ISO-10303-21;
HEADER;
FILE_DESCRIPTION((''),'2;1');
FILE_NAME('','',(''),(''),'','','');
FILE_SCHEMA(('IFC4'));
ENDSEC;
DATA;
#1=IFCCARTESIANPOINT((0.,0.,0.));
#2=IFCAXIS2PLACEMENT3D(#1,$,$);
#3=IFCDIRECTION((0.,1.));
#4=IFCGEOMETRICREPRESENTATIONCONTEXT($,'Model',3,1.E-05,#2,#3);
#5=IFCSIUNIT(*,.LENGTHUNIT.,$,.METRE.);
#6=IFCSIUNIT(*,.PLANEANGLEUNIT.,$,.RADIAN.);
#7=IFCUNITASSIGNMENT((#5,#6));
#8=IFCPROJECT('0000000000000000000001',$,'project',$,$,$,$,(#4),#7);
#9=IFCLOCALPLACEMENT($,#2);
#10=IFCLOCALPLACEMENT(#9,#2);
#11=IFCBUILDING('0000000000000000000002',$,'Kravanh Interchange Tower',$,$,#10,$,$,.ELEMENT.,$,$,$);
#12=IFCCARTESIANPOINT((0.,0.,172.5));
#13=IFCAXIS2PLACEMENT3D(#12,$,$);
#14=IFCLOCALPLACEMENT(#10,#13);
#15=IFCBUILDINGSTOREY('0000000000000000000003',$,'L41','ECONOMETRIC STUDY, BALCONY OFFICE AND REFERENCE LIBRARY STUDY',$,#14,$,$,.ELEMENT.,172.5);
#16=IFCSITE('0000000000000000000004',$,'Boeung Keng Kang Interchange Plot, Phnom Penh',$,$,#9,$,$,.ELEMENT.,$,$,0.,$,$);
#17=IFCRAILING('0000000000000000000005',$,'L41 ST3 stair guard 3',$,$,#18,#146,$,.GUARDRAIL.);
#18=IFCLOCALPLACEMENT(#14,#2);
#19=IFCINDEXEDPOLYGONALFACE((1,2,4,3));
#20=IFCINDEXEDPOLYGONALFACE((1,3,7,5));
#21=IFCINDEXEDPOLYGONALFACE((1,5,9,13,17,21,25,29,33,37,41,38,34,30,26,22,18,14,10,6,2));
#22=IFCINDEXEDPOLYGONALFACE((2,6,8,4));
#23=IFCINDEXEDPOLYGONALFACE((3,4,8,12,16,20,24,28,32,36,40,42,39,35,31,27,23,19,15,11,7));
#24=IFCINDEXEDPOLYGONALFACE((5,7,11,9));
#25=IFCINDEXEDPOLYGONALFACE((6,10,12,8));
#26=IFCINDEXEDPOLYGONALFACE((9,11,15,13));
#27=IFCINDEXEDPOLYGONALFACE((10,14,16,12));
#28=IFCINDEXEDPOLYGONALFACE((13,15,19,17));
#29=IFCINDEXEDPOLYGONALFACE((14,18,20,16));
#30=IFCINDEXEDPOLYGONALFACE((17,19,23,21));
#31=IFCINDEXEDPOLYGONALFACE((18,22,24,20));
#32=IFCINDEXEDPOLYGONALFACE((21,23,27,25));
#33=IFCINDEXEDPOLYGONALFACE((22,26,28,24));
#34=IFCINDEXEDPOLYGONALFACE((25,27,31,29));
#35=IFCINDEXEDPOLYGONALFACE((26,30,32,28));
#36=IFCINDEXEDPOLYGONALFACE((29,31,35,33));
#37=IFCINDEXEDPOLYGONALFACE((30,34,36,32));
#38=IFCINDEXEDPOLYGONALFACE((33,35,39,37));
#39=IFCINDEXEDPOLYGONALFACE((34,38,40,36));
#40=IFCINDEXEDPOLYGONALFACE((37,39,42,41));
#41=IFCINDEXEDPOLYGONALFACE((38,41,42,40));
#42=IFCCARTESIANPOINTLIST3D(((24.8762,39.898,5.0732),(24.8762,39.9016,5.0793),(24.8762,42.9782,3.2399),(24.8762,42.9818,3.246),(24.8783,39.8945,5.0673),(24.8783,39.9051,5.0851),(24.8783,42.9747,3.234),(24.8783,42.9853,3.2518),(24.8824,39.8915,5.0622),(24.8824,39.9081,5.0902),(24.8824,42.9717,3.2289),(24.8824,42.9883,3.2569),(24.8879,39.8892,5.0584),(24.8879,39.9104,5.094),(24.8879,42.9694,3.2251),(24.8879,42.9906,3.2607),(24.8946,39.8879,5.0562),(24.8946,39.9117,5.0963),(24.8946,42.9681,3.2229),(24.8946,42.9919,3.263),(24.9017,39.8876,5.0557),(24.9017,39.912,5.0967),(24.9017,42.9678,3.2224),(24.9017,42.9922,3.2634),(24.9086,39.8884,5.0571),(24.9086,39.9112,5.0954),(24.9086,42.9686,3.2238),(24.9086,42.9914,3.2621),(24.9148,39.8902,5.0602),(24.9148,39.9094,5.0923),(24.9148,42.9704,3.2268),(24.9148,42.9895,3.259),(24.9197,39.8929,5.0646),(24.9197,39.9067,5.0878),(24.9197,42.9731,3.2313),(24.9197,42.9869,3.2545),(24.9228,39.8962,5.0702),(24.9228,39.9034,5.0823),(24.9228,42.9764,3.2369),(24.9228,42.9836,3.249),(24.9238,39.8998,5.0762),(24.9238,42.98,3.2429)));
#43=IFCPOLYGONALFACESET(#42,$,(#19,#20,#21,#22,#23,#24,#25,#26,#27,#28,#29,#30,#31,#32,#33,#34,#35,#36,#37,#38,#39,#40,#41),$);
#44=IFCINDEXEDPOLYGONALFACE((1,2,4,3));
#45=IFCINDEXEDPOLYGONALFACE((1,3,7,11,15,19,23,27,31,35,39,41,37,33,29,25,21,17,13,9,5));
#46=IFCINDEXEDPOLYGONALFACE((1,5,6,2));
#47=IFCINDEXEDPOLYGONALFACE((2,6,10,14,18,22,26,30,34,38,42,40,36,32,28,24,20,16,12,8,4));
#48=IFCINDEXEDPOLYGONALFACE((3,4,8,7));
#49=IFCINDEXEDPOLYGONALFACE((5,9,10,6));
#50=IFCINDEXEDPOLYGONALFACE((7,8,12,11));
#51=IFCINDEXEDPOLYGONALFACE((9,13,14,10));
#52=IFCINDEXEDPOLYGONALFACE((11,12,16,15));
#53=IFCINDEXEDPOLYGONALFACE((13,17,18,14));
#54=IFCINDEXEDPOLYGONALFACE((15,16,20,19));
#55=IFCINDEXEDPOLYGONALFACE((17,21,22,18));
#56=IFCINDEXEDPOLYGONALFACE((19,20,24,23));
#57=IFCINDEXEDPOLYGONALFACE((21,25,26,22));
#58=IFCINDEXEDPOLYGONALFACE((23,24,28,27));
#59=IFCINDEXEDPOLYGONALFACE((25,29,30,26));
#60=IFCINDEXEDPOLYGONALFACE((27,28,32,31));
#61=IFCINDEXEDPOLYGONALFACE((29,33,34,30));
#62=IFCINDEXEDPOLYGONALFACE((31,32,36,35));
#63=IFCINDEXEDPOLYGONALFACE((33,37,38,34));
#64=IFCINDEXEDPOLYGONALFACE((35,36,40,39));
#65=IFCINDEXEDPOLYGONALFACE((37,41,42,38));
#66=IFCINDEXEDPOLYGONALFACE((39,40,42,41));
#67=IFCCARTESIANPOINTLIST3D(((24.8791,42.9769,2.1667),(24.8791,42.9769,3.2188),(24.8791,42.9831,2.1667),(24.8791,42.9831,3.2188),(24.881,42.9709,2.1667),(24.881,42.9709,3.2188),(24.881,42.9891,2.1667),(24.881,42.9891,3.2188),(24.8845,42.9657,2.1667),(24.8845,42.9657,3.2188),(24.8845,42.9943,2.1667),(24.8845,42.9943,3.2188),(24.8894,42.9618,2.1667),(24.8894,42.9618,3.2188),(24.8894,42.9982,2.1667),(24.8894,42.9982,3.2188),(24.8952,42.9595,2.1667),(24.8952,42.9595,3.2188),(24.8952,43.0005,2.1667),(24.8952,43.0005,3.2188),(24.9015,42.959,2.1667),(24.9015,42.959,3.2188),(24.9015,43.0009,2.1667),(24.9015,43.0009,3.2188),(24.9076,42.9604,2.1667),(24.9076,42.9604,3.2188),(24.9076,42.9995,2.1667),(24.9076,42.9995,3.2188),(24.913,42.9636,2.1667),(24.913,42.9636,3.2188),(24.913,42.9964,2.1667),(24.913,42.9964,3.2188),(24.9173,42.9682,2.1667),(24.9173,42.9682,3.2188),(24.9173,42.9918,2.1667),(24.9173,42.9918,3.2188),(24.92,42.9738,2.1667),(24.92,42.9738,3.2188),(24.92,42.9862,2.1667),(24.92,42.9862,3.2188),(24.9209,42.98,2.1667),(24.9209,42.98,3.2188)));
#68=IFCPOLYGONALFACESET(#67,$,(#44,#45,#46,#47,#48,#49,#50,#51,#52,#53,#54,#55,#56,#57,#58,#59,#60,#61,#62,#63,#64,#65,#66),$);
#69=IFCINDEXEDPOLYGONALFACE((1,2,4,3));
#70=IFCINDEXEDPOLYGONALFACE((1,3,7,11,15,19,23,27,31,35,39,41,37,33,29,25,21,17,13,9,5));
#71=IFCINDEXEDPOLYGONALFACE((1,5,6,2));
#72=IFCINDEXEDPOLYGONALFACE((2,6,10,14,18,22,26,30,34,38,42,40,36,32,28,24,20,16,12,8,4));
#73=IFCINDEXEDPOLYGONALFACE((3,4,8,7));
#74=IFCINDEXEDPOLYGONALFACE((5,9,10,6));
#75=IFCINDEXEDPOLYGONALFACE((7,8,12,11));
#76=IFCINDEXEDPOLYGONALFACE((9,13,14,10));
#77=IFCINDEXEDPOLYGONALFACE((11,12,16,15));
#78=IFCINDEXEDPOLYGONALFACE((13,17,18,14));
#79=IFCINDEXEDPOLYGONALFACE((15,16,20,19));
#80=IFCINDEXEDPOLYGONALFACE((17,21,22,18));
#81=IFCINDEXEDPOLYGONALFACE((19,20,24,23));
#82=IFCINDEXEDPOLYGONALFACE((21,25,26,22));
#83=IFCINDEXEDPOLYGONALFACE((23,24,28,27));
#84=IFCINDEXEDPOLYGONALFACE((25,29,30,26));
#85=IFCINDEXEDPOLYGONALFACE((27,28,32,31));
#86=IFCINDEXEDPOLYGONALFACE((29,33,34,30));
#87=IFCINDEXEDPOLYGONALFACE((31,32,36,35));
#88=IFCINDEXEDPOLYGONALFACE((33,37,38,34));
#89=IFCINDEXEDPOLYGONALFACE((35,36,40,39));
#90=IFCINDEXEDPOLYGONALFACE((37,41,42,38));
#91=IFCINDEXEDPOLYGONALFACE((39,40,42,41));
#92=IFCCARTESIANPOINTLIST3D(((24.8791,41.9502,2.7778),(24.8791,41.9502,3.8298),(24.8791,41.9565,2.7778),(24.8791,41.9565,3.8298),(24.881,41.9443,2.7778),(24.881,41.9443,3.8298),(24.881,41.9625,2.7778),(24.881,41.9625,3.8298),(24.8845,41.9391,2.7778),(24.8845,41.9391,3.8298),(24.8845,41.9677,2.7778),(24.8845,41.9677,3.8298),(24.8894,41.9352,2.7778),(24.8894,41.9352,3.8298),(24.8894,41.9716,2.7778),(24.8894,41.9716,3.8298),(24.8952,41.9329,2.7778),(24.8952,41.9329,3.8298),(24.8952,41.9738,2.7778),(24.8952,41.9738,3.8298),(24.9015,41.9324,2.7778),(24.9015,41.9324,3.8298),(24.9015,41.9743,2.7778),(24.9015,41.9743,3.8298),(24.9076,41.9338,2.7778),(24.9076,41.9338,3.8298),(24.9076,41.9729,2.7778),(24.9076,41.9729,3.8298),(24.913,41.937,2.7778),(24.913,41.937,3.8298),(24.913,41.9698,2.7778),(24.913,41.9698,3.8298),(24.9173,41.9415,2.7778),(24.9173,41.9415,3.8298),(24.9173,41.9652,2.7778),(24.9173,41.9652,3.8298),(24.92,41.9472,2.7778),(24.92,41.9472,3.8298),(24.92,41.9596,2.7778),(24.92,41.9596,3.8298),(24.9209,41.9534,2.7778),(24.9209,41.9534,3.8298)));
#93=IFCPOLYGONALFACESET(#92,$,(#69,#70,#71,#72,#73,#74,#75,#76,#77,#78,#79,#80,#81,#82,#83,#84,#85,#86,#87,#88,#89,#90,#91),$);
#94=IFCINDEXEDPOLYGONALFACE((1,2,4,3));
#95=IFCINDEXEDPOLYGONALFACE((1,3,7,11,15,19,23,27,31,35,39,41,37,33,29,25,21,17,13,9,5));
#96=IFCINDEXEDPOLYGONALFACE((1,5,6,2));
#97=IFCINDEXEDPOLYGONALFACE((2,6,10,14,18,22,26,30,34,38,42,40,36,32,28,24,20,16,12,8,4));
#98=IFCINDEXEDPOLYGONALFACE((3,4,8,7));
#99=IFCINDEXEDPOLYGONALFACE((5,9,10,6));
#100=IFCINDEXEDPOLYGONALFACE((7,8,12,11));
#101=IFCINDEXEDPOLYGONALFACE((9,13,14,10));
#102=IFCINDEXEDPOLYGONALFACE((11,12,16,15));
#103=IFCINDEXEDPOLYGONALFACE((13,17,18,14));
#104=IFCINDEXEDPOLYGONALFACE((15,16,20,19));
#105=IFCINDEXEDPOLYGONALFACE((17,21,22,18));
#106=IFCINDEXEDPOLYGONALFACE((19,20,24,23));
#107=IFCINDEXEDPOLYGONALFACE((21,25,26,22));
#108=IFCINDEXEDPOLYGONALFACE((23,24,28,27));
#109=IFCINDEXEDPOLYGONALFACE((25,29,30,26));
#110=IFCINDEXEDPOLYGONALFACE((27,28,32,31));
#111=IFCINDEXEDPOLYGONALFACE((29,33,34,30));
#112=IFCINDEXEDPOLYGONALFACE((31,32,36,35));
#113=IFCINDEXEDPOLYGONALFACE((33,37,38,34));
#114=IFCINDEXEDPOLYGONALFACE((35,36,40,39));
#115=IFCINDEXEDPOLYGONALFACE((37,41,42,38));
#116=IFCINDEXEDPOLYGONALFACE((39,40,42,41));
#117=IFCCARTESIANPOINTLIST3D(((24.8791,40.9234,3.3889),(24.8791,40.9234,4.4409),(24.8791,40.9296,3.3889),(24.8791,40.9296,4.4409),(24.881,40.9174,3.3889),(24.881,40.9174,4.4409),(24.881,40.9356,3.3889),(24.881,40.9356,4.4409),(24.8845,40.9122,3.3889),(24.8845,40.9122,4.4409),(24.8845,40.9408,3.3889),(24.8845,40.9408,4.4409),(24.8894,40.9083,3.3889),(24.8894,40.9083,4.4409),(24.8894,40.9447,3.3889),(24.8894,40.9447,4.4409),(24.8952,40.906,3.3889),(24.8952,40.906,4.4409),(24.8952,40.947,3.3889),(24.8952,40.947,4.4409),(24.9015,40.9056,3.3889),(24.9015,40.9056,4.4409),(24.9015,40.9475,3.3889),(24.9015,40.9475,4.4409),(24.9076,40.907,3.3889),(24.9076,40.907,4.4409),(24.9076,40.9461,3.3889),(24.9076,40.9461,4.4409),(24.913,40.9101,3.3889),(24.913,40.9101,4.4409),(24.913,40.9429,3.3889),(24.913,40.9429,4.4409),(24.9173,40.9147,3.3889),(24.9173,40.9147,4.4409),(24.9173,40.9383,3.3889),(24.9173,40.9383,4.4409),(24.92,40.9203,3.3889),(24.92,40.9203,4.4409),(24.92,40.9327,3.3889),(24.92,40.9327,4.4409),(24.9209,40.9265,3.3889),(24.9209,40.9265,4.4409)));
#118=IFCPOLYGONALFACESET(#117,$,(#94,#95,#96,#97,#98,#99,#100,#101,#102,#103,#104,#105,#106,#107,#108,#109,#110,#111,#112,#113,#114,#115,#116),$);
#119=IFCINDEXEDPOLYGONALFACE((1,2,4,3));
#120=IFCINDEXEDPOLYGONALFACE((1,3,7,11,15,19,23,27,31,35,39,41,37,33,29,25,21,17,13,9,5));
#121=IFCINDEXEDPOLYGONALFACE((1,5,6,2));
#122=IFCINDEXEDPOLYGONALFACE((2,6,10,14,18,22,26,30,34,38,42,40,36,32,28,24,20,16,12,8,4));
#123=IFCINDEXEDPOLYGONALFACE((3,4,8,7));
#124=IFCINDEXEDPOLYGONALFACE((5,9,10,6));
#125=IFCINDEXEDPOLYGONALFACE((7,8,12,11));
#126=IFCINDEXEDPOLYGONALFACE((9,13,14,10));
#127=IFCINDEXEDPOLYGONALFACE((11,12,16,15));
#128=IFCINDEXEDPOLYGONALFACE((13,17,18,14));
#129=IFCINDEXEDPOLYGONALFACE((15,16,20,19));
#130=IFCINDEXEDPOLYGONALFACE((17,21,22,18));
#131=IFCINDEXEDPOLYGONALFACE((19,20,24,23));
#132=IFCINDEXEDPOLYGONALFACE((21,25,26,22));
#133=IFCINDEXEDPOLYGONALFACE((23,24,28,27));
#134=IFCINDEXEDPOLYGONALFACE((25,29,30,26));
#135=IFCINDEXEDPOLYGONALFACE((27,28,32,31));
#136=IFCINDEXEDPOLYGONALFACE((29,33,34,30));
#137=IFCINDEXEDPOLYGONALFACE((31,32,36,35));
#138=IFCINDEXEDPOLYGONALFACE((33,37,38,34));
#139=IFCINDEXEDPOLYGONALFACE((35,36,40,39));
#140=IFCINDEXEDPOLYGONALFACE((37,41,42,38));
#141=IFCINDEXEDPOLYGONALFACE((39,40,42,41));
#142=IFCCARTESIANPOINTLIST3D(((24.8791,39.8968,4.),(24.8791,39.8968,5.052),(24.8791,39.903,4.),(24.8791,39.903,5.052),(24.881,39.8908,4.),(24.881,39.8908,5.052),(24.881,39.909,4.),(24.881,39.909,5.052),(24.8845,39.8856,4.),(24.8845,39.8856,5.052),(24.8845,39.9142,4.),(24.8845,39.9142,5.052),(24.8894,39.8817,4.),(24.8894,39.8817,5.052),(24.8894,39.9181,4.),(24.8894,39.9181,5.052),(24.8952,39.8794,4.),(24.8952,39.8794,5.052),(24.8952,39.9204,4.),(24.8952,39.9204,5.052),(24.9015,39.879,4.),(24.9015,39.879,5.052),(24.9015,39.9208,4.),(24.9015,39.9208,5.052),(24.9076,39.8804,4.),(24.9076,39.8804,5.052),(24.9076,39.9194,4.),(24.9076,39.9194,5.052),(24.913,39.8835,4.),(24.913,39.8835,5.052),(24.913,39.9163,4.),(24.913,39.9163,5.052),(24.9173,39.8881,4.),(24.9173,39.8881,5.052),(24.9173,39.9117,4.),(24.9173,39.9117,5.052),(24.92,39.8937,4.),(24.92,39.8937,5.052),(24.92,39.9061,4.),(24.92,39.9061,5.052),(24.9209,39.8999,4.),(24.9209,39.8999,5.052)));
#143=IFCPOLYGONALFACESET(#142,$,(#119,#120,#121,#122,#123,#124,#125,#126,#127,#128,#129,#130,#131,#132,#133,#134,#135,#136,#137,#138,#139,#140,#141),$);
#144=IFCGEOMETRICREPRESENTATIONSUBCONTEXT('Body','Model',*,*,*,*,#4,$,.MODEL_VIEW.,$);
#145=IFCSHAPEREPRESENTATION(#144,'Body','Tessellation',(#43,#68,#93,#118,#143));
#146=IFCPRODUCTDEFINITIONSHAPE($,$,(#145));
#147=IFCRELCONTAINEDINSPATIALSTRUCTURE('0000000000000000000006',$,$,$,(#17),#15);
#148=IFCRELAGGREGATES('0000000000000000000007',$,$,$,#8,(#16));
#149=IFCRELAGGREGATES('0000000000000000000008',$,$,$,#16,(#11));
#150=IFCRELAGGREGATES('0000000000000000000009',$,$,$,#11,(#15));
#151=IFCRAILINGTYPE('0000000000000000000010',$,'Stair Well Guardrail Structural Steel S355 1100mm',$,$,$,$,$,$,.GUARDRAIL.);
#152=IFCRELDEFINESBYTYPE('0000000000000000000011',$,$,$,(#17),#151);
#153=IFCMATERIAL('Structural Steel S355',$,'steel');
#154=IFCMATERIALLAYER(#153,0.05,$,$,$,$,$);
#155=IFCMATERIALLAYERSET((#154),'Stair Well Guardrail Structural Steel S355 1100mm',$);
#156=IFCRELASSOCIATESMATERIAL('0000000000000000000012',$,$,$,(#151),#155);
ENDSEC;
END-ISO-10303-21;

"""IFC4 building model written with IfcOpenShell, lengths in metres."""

from ifc_helpers import new_model, si_unit, direction, frame, origin, origin_2d, place, context, subcontext, project, spatial, circle, extrude, material, layer, layer_set, type_object, element, save


model = new_model("IFC4")

# Units and contexts
model_context = context("Model", 3, precision=1e-05, world=origin(), true_north=direction((0.0, 1.0)))
body_context = subcontext(model_context, "Body", "Model", "MODEL_VIEW")
ifc_project = project(units=[si_unit("LENGTHUNIT", "METRE"), si_unit("PLANEANGLEUNIT", "RADIAN")], contexts=[model_context])

# Site, building, storey
site_placement = place(None, origin())
site = spatial("IfcSite", under=ifc_project, at=site_placement, Name="Boeung Keng Kang Interchange Plot, Phnom Penh", CompositionType="ELEMENT", RefElevation=0.0)
building_placement = place(site_placement, origin())
building = spatial("IfcBuilding", under=site, at=building_placement, Name="Kravanh Interchange Tower", CompositionType="ELEMENT")
storey_placement = place(building_placement, frame((0.0, 0.0, 172.5)))
storey = spatial("IfcBuildingStorey", under=building, at=storey_placement, Name="L41", Description="ECONOMETRIC STUDY, BALCONY OFFICE AND REFERENCE LIBRARY STUDY", CompositionType="ELEMENT", Elevation=172.5)

# Railing
ifc_material_1 = material(Name="Structural Steel S355", Category="steel")
ifc_layer_1 = layer(ifc_material_1, 0.05)
ifc_layer_set_1 = layer_set([ifc_layer_1], Name="Stair Well Guardrail Structural Steel S355 1100mm")
railing_type_1 = type_object("IfcRailingType", Name="Stair Well Guardrail Structural Steel S355 1100mm", PredefinedType="GUARDRAIL", material=ifc_layer_set_1)
railing_1_placement = place(storey_placement, frame((24.8999, 42.98, 2.1667)))
element("IfcRailing", 1, at=railing_1_placement, inside=storey, type_object=railing_type_1, Name="L41 ST3 stair guard 3", PredefinedType="GUARDRAIL", context=body_context, shape_type="SweptSolid", body=[
    extrude(circle(Radius=0.0239, at=origin_2d()), frame((0.0, 0.0, 1.0762), z_axis=(0.0, -0.859309, 0.511458), x_axis=(1.0, 0.0, 0.0)), (0.0, 0.0, 1.0), 3.5845),
    extrude(circle(Radius=0.021, at=origin_2d()), origin(), (0.0, 0.0, 1.0), 1.052),
    extrude(circle(Radius=0.021, at=origin_2d()), frame((0.0, -1.0266, 0.6111)), (0.0, 0.0, 1.0), 1.052),
    extrude(circle(Radius=0.021, at=origin_2d()), frame((0.0, -2.0535, 1.2222)), (0.0, 0.0, 1.0), 1.052),
    extrude(circle(Radius=0.021, at=origin_2d()), frame((0.0, -3.0801, 1.8333)), (0.0, 0.0, 1.0), 1.052),
])

save(model, "model.ifc")
